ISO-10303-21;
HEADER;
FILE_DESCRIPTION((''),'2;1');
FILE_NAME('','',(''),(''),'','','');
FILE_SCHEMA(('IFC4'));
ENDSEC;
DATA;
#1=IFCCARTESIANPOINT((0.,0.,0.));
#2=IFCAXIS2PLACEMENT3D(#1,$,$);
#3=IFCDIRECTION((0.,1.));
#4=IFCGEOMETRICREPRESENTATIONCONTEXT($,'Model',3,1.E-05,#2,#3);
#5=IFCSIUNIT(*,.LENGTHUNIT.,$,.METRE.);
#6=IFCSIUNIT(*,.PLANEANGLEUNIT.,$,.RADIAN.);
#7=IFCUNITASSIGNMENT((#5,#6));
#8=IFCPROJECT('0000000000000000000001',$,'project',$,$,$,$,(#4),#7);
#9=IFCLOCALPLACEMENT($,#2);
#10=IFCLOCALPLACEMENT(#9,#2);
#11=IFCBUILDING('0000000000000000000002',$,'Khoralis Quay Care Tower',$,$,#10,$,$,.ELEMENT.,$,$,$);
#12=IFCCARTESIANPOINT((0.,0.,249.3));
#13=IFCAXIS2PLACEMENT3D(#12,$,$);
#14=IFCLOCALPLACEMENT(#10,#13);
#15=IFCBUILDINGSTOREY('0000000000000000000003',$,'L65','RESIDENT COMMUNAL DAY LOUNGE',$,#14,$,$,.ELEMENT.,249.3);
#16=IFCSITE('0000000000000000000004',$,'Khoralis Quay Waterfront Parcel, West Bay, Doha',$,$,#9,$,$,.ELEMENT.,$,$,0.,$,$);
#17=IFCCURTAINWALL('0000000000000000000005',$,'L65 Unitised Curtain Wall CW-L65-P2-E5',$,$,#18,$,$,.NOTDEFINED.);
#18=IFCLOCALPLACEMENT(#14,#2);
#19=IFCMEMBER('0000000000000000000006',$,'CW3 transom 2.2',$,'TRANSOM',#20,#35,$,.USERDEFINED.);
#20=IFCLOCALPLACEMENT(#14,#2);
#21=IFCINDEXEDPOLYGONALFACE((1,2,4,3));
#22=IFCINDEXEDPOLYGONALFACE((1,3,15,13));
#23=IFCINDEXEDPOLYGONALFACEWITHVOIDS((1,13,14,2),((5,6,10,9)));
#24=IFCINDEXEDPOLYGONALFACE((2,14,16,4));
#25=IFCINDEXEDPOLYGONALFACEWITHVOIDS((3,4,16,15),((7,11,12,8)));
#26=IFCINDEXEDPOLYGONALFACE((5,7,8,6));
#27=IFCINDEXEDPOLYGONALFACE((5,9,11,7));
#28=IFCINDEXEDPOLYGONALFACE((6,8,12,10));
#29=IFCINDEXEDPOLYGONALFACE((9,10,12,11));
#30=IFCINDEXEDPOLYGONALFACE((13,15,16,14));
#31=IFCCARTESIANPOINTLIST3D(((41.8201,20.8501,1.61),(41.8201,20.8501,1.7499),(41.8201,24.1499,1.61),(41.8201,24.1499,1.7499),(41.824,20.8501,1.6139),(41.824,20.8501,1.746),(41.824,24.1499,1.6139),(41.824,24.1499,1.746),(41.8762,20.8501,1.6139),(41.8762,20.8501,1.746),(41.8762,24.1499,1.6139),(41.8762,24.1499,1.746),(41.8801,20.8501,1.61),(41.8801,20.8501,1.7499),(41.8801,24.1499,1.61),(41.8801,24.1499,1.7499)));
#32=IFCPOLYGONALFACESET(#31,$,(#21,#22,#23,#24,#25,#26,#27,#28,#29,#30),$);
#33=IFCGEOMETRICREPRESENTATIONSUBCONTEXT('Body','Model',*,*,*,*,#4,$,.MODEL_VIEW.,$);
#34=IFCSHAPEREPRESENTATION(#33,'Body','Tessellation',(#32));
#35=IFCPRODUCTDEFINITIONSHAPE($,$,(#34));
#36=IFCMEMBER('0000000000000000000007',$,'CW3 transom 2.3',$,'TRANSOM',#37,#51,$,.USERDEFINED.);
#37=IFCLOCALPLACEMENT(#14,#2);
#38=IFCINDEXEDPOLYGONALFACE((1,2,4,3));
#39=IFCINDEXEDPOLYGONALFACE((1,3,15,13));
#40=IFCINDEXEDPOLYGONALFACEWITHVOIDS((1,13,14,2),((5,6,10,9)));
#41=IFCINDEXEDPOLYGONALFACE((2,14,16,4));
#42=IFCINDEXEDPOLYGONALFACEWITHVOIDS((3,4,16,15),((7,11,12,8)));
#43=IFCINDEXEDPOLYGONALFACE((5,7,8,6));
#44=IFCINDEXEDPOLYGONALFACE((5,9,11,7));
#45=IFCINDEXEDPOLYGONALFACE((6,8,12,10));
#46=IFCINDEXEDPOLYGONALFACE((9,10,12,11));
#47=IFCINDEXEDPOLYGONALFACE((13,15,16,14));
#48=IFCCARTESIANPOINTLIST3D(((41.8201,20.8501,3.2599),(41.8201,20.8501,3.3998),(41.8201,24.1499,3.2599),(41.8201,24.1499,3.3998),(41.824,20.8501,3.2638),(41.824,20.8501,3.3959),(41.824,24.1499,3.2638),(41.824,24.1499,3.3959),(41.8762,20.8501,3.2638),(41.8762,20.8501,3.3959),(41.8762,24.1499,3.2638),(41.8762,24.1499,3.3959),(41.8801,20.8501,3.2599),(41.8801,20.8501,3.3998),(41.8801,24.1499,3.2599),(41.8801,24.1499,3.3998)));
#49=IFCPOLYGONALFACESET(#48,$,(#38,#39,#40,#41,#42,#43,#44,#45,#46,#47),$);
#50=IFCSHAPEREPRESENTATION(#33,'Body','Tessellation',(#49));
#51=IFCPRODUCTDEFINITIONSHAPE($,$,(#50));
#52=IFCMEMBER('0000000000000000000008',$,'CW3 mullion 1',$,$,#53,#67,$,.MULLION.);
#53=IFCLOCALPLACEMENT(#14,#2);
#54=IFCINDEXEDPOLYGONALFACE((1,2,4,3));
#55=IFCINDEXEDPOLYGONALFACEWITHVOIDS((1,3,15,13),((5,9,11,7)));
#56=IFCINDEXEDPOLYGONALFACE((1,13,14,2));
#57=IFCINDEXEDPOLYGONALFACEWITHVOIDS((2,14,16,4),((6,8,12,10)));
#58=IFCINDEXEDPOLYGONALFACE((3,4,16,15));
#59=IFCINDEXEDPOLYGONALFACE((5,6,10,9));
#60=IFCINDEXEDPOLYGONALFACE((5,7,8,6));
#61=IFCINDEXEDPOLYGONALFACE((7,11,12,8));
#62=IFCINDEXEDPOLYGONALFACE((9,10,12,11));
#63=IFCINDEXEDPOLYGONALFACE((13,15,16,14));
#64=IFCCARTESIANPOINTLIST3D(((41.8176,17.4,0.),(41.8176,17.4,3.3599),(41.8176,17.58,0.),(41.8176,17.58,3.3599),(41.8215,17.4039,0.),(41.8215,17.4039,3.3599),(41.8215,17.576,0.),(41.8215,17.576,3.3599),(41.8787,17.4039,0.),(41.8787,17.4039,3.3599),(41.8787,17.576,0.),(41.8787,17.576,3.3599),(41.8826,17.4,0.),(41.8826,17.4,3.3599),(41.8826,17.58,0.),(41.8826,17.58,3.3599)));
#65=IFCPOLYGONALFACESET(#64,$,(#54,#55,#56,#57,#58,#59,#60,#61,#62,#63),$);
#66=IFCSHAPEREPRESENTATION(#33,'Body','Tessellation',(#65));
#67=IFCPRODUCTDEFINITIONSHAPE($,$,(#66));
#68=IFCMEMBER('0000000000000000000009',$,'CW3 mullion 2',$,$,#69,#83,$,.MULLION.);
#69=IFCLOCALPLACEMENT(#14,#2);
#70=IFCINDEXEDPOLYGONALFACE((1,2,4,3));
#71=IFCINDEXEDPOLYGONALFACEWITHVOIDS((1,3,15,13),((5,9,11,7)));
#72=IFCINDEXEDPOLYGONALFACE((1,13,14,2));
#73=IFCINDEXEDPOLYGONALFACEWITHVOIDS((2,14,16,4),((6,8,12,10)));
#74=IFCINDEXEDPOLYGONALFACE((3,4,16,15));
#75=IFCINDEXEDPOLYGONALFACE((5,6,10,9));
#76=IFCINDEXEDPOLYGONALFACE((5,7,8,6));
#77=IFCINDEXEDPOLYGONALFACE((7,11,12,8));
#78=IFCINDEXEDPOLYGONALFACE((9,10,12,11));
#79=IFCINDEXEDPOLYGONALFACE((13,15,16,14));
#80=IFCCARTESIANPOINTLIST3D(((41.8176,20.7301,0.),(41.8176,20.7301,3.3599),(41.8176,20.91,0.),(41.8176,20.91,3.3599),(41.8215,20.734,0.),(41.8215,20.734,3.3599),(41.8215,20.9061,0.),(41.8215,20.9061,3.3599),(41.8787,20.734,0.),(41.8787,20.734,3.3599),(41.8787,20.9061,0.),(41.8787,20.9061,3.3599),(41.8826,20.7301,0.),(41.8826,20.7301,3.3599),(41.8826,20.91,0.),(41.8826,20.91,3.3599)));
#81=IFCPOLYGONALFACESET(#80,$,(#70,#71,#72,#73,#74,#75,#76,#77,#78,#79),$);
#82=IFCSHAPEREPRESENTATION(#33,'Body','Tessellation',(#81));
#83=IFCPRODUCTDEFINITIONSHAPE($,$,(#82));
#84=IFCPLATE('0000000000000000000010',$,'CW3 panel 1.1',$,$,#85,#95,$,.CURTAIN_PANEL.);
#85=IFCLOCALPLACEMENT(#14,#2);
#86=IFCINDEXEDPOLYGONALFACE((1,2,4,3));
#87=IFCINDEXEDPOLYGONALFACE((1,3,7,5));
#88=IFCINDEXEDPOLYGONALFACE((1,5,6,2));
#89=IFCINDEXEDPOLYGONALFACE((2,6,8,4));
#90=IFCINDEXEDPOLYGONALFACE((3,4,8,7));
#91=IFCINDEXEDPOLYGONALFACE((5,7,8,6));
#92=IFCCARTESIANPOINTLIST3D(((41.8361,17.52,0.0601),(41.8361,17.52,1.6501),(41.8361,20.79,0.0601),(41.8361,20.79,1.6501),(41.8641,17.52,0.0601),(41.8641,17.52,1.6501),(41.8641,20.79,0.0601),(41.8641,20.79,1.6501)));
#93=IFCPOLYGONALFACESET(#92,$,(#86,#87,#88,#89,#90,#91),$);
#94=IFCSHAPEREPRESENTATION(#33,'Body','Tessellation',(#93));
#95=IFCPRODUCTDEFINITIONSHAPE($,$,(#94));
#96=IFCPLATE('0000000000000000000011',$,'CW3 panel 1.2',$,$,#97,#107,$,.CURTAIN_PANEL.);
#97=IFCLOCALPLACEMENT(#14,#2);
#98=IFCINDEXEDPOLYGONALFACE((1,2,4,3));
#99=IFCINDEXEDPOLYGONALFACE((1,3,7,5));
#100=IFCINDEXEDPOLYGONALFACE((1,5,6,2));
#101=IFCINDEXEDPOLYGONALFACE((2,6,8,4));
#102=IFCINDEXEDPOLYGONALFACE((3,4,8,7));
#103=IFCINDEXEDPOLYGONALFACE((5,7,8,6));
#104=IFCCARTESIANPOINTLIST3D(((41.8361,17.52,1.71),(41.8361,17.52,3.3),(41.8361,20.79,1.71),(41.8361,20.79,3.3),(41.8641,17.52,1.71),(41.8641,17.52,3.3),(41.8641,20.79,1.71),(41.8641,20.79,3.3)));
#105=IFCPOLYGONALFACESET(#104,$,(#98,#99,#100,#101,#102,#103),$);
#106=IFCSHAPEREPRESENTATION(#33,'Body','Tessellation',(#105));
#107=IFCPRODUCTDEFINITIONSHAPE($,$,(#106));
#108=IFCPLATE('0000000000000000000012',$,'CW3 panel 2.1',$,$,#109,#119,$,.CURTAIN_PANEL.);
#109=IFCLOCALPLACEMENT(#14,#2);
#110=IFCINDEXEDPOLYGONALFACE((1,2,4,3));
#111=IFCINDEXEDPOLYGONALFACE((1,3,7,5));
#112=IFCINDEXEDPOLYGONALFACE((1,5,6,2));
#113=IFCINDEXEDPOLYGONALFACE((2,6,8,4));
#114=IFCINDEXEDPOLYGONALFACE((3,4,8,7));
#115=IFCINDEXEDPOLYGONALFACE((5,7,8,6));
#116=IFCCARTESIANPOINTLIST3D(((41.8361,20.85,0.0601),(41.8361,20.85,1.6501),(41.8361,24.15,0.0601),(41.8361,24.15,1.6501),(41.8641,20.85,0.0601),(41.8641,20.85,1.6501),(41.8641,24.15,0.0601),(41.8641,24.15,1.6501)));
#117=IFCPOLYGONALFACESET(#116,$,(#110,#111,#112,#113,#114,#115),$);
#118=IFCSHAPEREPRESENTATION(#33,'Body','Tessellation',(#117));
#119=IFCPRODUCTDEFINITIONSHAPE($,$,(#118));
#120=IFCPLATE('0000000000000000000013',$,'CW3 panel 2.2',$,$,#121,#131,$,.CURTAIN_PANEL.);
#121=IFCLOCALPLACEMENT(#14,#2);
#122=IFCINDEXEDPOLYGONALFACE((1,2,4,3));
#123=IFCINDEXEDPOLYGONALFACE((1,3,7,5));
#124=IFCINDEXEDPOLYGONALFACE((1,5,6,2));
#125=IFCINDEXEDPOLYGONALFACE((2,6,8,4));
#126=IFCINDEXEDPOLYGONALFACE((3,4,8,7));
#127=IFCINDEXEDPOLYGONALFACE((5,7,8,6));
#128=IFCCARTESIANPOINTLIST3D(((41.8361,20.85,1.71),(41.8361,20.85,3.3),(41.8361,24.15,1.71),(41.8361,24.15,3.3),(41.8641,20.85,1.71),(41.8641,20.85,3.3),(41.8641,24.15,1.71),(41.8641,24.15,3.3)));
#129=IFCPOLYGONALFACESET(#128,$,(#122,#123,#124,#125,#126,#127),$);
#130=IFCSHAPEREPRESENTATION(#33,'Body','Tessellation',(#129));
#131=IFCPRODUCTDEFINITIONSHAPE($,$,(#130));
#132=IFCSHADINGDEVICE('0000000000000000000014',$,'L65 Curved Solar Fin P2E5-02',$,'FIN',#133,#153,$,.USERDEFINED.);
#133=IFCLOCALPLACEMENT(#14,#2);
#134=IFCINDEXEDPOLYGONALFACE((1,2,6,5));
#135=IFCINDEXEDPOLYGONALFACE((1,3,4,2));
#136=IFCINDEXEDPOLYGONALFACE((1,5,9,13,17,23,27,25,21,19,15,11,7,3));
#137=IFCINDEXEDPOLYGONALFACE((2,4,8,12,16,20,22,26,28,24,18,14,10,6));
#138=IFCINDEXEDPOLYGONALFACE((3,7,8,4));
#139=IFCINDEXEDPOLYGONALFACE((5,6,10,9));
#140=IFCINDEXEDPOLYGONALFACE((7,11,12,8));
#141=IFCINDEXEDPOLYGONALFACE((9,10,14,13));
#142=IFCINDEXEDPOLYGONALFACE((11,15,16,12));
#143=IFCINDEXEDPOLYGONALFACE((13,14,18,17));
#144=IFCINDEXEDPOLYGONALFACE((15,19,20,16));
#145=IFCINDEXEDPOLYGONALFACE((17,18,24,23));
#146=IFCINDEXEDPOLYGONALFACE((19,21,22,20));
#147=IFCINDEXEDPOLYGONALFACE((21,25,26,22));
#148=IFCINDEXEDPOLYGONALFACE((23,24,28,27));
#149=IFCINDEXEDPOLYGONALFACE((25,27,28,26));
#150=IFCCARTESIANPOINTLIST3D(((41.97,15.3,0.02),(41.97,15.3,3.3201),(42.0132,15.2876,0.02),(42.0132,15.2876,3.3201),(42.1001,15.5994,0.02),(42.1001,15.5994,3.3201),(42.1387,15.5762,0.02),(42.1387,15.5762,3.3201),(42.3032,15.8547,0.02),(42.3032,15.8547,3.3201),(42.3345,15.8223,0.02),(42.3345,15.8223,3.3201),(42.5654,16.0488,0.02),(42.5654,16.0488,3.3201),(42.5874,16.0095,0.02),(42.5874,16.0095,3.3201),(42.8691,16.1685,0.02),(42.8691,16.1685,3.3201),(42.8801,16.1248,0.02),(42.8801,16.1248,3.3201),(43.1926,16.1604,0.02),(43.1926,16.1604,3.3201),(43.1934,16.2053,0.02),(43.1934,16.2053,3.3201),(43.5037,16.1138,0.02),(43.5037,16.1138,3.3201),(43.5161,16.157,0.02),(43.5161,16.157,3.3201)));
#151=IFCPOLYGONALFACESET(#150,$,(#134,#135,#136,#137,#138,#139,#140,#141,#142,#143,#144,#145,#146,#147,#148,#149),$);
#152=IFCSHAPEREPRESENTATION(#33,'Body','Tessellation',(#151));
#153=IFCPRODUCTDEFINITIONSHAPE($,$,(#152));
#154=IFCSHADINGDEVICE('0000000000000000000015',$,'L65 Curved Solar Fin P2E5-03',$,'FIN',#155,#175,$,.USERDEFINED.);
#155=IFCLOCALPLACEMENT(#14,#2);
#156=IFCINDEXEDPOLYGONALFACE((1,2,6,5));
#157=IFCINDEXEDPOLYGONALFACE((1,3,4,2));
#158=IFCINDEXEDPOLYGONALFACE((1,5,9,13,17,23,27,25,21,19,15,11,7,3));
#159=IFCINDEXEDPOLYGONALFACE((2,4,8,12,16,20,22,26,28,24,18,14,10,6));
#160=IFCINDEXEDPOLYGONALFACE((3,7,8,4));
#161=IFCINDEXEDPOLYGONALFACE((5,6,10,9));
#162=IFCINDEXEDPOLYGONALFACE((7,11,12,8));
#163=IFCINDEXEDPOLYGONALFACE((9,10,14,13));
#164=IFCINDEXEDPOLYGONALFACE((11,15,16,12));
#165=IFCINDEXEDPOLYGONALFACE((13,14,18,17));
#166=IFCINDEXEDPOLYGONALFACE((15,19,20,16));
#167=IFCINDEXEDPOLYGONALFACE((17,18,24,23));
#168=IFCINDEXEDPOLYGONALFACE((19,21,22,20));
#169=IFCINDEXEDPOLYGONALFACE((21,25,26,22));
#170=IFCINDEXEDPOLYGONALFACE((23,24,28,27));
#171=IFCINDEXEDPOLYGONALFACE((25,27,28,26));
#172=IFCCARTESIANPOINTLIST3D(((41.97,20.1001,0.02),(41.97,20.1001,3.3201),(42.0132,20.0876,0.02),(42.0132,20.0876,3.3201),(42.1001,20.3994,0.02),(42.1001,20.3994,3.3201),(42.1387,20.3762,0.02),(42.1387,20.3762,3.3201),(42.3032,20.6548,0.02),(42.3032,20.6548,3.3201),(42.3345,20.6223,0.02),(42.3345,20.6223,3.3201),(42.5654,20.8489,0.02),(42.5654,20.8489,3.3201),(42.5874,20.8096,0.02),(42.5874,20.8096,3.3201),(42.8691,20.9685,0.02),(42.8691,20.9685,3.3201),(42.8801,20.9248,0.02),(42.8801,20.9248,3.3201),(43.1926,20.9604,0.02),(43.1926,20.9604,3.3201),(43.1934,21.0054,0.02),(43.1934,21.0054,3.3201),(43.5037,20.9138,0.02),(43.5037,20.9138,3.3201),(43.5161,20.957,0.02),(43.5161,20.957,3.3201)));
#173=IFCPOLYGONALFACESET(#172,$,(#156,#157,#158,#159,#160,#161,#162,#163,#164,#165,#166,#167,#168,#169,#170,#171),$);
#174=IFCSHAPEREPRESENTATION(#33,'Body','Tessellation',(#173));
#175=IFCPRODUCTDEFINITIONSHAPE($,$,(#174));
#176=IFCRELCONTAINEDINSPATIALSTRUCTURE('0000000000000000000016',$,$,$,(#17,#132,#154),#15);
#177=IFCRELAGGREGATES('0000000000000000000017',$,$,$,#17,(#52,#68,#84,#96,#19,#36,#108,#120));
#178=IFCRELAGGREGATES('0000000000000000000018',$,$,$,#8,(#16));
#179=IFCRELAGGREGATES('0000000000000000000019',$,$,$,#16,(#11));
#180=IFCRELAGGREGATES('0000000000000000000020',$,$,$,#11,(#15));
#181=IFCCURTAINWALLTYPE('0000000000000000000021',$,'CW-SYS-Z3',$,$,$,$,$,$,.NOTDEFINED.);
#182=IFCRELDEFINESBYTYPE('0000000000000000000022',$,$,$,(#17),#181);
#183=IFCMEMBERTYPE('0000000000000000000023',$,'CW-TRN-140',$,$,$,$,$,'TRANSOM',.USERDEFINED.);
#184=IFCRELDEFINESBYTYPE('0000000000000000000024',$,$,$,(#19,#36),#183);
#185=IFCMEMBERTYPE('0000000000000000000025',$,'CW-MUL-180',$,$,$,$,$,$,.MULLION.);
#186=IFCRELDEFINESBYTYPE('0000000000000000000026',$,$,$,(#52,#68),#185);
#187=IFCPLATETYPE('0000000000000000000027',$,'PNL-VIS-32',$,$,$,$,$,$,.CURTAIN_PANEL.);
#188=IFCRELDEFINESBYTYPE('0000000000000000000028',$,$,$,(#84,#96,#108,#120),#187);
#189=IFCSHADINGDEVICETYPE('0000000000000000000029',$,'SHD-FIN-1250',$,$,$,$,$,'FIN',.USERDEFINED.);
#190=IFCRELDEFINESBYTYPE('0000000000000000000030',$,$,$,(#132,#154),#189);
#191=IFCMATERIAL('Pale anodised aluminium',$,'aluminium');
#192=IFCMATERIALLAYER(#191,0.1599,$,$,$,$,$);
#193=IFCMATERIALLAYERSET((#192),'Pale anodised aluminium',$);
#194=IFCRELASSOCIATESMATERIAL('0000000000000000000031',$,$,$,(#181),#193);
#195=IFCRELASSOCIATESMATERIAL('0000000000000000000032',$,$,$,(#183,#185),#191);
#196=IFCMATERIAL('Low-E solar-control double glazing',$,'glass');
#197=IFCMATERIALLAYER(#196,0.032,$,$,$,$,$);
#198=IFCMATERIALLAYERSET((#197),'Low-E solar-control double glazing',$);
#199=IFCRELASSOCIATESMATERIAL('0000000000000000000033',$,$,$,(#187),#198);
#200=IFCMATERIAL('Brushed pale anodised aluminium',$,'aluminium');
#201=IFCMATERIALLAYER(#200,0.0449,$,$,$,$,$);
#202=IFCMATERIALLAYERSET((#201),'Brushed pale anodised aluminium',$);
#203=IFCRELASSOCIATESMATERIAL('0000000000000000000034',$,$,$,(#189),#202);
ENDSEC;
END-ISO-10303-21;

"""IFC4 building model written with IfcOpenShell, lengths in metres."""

from ifc_helpers import new_model, si_unit, direction, frame, origin, origin_2d, place, context, subcontext, project, spatial, polyline, rectangle, hollow_rectangle, outline, extrude, source, transform, mapped, material, layer, layer_set, material_profile, profile_set, type_object, element, aggregate, save


model = new_model("IFC4")

# Units and contexts
model_context = context("Model", 3, precision=1e-05, world=origin(), true_north=direction((0.0, 1.0)))
body_context = subcontext(model_context, "Body", "Model", "MODEL_VIEW")
ifc_project = project(units=[si_unit("LENGTHUNIT", "METRE"), si_unit("PLANEANGLEUNIT", "RADIAN")], contexts=[model_context])

# Site, building, storey
site_placement = place(None, origin())
site = spatial("IfcSite", under=ifc_project, at=site_placement, Name="Khoralis Quay Waterfront Parcel, West Bay, Doha", CompositionType="ELEMENT", RefElevation=0.0)
building_placement = place(site_placement, origin())
building = spatial("IfcBuilding", under=site, at=building_placement, Name="Khoralis Quay Care Tower", CompositionType="ELEMENT")
storey_placement = place(building_placement, frame((0.0, 0.0, 249.3)))
storey = spatial("IfcBuildingStorey", under=building, at=storey_placement, Name="L65", Description="RESIDENT COMMUNAL DAY LOUNGE", CompositionType="ELEMENT", Elevation=249.3)

# Curtain wall, members, plates
ifc_material_1 = material(Name="Pale anodised aluminium", Category="aluminium")
ifc_layer_1 = layer(ifc_material_1, 0.1599)
ifc_layer_set_1 = layer_set([ifc_layer_1], Name="Pale anodised aluminium")
curtain_wall_type = type_object("IfcCurtainWallType", Name="CW-SYS-Z3", PredefinedType="NOTDEFINED", material=ifc_layer_set_1)
curtain_wall_placement = place(storey_placement, origin())
curtain_wall = element("IfcCurtainWall", 1, at=curtain_wall_placement, inside=storey, type_object=curtain_wall_type, Name="L65 Unitised Curtain Wall CW-L65-P2-E5", PredefinedType="NOTDEFINED")
ifc_material_profile_1 = material_profile(ifc_material_1, hollow_rectangle(XDim=0.0601, YDim=0.1399, WallThickness=0.0039, at=origin_2d()), Name="Pale anodised aluminium")
ifc_profile_set_1 = profile_set([ifc_material_profile_1], Name="Pale anodised aluminium")
member_type_1 = type_object("IfcMemberType", Name="CW-TRN-140", ElementType="TRANSOM", PredefinedType="USERDEFINED", material=ifc_profile_set_1)
shared_shape_1 = source(origin(), body_context, "Body", "SweptSolid", [
    extrude(hollow_rectangle(XDim=0.0601, YDim=0.1399, WallThickness=0.0039, at=origin_2d()), origin(), (0.0, 0.0, 1.0), 3.2998),
])
member_1_placement = place(storey_placement, frame((41.8501, 20.8501, 1.6799), z_axis=(0.0, 1.0, 0.0), x_axis=(-1.0, 0.0, 0.0)))
member_1 = element("IfcMember", 2, at=member_1_placement, type_object=member_type_1, Name="CW3 transom 2.2", ObjectType="TRANSOM", PredefinedType="USERDEFINED", context=body_context, shape_type="MappedRepresentation", body=[
    mapped(shared_shape_1, transform((0.0, 0.0, 0.0), scale=1.0)),
])
member_2_placement = place(storey_placement, frame((41.8501, 20.8501, 3.3298), z_axis=(0.0, 1.0, 0.0), x_axis=(-1.0, 0.0, 0.0)))
member_2 = element("IfcMember", 3, at=member_2_placement, type_object=member_type_1, Name="CW3 transom 2.3", ObjectType="TRANSOM", PredefinedType="USERDEFINED", context=body_context, shape_type="MappedRepresentation", body=[
    mapped(shared_shape_1, transform((0.0, 0.0, 0.0), scale=1.0)),
])
ifc_material_profile_2 = material_profile(ifc_material_1, hollow_rectangle(XDim=0.0649, YDim=0.1799, WallThickness=0.0039, at=origin_2d()), Name="Pale anodised aluminium")
ifc_profile_set_2 = profile_set([ifc_material_profile_2], Name="Pale anodised aluminium")
member_type_2 = type_object("IfcMemberType", Name="CW-MUL-180", PredefinedType="MULLION", material=ifc_profile_set_2)
shared_shape_2 = source(origin(), body_context, "Body", "SweptSolid", [
    extrude(hollow_rectangle(XDim=0.0649, YDim=0.1799, WallThickness=0.0039, at=origin_2d()), origin(), (0.0, 0.0, 1.0), 3.3599),
])
member_3_placement = place(storey_placement, frame((41.8501, 17.49, 0.0), z_axis=(0.0, 0.0, 1.0), x_axis=(-1.0, 0.0, 0.0)))
member_3 = element("IfcMember", 4, at=member_3_placement, type_object=member_type_2, Name="CW3 mullion 1", PredefinedType="MULLION", context=body_context, shape_type="MappedRepresentation", body=[
    mapped(shared_shape_2, transform((0.0, 0.0, 0.0), scale=1.0)),
])
member_4_placement = place(storey_placement, frame((41.8501, 20.8201, 0.0), z_axis=(0.0, 0.0, 1.0), x_axis=(-1.0, 0.0, 0.0)))
member_4 = element("IfcMember", 5, at=member_4_placement, type_object=member_type_2, Name="CW3 mullion 2", PredefinedType="MULLION", context=body_context, shape_type="MappedRepresentation", body=[
    mapped(shared_shape_2, transform((0.0, 0.0, 0.0), scale=1.0)),
])
ifc_material_2 = material(Name="Low-E solar-control double glazing", Category="glass")
ifc_layer_2 = layer(ifc_material_2, 0.032)
ifc_layer_set_2 = layer_set([ifc_layer_2], Name="Low-E solar-control double glazing")
plate_type = type_object("IfcPlateType", Name="PNL-VIS-32", PredefinedType="CURTAIN_PANEL", material=ifc_layer_set_2)
shared_shape_3 = source(origin(), body_context, "Body", "SweptSolid", [
    extrude(rectangle(XDim=3.27, YDim=0.0281, at=origin_2d()), origin(), (0.0, 0.0, 1.0), 1.5901),
])
plate_1_placement = place(storey_placement, frame((41.8501, 19.155, 0.0601), z_axis=(0.0, 0.0, 1.0), x_axis=(0.0, 1.0, 0.0)))
plate_1 = element("IfcPlate", 6, at=plate_1_placement, type_object=plate_type, Name="CW3 panel 1.1", PredefinedType="CURTAIN_PANEL", context=body_context, shape_type="MappedRepresentation", body=[
    mapped(shared_shape_3, transform((0.0, 0.0, 0.0), scale=1.0)),
])
plate_2_placement = place(storey_placement, frame((41.8501, 19.155, 1.71), z_axis=(0.0, 0.0, 1.0), x_axis=(0.0, 1.0, 0.0)))
plate_2 = element("IfcPlate", 7, at=plate_2_placement, type_object=plate_type, Name="CW3 panel 1.2", PredefinedType="CURTAIN_PANEL", context=body_context, shape_type="MappedRepresentation", body=[
    mapped(shared_shape_3, transform((0.0, 0.0, 0.0), scale=1.0)),
])
shared_shape_4 = source(origin(), body_context, "Body", "SweptSolid", [
    extrude(rectangle(XDim=3.3, YDim=0.0281, at=origin_2d()), origin(), (0.0, 0.0, 1.0), 1.5901),
])
plate_3_placement = place(storey_placement, frame((41.8501, 22.5, 0.0601), z_axis=(0.0, 0.0, 1.0), x_axis=(0.0, 1.0, 0.0)))
plate_3 = element("IfcPlate", 8, at=plate_3_placement, type_object=plate_type, Name="CW3 panel 2.1", PredefinedType="CURTAIN_PANEL", context=body_context, shape_type="MappedRepresentation", body=[
    mapped(shared_shape_4, transform((0.0, 0.0, 0.0), scale=1.0)),
])
plate_4_placement = place(storey_placement, frame((41.8501, 22.5, 1.71), z_axis=(0.0, 0.0, 1.0), x_axis=(0.0, 1.0, 0.0)))
plate_4 = element("IfcPlate", 9, at=plate_4_placement, type_object=plate_type, Name="CW3 panel 2.2", PredefinedType="CURTAIN_PANEL", context=body_context, shape_type="MappedRepresentation", body=[
    mapped(shared_shape_4, transform((0.0, 0.0, 0.0), scale=1.0)),
])
aggregate(curtain_wall, [member_3, member_4, plate_1, plate_2, member_1, member_2, plate_3, plate_4])

# Shading devices
ifc_material_3 = material(Name="Brushed pale anodised aluminium", Category="aluminium")
ifc_layer_3 = layer(ifc_material_3, 0.0449)
ifc_layer_set_3 = layer_set([ifc_layer_3], Name="Brushed pale anodised aluminium")
shading_device_type = type_object("IfcShadingDeviceType", Name="SHD-FIN-1250", ElementType="FIN", PredefinedType="USERDEFINED", material=ifc_layer_set_3)
shared_shape_5 = source(origin(), body_context, "Body", "SweptSolid", [
    extrude(outline(polyline([(0.0, 0.0), (0.1301, 0.2993), (0.3333, 0.5547), (0.5955, 0.7488), (0.8992, 0.8684), (1.2234, 0.9053), (1.5461, 0.8569), (1.5337, 0.8137), (1.2227, 0.8604), (0.9102, 0.8247), (0.6174, 0.7095), (0.3645, 0.5222), (0.1687, 0.2761), (0.0432, -0.0125), (0.0, 0.0)])), origin(), (0.0, 0.0, 1.0), 3.3),
])
for number, where, z_axis, x_axis, name in (
    (10, (41.97, 15.3, 0.02), (0.0, 0.0, 1.0), (1.0, 0.0, 0.0), "L65 Curved Solar Fin P2E5-02"),
    (11, (41.97, 20.1001, 0.02), (0.0, 0.0, 1.0), (1.0, 0.0, 0.0), "L65 Curved Solar Fin P2E5-03"),
):
    element("IfcShadingDevice", number, at=place(storey_placement, frame(where, z_axis=z_axis, x_axis=x_axis)), inside=storey, type_object=shading_device_type, Name=name, ObjectType="FIN", PredefinedType="USERDEFINED", context=body_context, shape_type="MappedRepresentation", body=[
        mapped(shared_shape_5, transform((0.0, 0.0, 0.0), scale=1.0)),
    ])

save(model, "model.ifc")
